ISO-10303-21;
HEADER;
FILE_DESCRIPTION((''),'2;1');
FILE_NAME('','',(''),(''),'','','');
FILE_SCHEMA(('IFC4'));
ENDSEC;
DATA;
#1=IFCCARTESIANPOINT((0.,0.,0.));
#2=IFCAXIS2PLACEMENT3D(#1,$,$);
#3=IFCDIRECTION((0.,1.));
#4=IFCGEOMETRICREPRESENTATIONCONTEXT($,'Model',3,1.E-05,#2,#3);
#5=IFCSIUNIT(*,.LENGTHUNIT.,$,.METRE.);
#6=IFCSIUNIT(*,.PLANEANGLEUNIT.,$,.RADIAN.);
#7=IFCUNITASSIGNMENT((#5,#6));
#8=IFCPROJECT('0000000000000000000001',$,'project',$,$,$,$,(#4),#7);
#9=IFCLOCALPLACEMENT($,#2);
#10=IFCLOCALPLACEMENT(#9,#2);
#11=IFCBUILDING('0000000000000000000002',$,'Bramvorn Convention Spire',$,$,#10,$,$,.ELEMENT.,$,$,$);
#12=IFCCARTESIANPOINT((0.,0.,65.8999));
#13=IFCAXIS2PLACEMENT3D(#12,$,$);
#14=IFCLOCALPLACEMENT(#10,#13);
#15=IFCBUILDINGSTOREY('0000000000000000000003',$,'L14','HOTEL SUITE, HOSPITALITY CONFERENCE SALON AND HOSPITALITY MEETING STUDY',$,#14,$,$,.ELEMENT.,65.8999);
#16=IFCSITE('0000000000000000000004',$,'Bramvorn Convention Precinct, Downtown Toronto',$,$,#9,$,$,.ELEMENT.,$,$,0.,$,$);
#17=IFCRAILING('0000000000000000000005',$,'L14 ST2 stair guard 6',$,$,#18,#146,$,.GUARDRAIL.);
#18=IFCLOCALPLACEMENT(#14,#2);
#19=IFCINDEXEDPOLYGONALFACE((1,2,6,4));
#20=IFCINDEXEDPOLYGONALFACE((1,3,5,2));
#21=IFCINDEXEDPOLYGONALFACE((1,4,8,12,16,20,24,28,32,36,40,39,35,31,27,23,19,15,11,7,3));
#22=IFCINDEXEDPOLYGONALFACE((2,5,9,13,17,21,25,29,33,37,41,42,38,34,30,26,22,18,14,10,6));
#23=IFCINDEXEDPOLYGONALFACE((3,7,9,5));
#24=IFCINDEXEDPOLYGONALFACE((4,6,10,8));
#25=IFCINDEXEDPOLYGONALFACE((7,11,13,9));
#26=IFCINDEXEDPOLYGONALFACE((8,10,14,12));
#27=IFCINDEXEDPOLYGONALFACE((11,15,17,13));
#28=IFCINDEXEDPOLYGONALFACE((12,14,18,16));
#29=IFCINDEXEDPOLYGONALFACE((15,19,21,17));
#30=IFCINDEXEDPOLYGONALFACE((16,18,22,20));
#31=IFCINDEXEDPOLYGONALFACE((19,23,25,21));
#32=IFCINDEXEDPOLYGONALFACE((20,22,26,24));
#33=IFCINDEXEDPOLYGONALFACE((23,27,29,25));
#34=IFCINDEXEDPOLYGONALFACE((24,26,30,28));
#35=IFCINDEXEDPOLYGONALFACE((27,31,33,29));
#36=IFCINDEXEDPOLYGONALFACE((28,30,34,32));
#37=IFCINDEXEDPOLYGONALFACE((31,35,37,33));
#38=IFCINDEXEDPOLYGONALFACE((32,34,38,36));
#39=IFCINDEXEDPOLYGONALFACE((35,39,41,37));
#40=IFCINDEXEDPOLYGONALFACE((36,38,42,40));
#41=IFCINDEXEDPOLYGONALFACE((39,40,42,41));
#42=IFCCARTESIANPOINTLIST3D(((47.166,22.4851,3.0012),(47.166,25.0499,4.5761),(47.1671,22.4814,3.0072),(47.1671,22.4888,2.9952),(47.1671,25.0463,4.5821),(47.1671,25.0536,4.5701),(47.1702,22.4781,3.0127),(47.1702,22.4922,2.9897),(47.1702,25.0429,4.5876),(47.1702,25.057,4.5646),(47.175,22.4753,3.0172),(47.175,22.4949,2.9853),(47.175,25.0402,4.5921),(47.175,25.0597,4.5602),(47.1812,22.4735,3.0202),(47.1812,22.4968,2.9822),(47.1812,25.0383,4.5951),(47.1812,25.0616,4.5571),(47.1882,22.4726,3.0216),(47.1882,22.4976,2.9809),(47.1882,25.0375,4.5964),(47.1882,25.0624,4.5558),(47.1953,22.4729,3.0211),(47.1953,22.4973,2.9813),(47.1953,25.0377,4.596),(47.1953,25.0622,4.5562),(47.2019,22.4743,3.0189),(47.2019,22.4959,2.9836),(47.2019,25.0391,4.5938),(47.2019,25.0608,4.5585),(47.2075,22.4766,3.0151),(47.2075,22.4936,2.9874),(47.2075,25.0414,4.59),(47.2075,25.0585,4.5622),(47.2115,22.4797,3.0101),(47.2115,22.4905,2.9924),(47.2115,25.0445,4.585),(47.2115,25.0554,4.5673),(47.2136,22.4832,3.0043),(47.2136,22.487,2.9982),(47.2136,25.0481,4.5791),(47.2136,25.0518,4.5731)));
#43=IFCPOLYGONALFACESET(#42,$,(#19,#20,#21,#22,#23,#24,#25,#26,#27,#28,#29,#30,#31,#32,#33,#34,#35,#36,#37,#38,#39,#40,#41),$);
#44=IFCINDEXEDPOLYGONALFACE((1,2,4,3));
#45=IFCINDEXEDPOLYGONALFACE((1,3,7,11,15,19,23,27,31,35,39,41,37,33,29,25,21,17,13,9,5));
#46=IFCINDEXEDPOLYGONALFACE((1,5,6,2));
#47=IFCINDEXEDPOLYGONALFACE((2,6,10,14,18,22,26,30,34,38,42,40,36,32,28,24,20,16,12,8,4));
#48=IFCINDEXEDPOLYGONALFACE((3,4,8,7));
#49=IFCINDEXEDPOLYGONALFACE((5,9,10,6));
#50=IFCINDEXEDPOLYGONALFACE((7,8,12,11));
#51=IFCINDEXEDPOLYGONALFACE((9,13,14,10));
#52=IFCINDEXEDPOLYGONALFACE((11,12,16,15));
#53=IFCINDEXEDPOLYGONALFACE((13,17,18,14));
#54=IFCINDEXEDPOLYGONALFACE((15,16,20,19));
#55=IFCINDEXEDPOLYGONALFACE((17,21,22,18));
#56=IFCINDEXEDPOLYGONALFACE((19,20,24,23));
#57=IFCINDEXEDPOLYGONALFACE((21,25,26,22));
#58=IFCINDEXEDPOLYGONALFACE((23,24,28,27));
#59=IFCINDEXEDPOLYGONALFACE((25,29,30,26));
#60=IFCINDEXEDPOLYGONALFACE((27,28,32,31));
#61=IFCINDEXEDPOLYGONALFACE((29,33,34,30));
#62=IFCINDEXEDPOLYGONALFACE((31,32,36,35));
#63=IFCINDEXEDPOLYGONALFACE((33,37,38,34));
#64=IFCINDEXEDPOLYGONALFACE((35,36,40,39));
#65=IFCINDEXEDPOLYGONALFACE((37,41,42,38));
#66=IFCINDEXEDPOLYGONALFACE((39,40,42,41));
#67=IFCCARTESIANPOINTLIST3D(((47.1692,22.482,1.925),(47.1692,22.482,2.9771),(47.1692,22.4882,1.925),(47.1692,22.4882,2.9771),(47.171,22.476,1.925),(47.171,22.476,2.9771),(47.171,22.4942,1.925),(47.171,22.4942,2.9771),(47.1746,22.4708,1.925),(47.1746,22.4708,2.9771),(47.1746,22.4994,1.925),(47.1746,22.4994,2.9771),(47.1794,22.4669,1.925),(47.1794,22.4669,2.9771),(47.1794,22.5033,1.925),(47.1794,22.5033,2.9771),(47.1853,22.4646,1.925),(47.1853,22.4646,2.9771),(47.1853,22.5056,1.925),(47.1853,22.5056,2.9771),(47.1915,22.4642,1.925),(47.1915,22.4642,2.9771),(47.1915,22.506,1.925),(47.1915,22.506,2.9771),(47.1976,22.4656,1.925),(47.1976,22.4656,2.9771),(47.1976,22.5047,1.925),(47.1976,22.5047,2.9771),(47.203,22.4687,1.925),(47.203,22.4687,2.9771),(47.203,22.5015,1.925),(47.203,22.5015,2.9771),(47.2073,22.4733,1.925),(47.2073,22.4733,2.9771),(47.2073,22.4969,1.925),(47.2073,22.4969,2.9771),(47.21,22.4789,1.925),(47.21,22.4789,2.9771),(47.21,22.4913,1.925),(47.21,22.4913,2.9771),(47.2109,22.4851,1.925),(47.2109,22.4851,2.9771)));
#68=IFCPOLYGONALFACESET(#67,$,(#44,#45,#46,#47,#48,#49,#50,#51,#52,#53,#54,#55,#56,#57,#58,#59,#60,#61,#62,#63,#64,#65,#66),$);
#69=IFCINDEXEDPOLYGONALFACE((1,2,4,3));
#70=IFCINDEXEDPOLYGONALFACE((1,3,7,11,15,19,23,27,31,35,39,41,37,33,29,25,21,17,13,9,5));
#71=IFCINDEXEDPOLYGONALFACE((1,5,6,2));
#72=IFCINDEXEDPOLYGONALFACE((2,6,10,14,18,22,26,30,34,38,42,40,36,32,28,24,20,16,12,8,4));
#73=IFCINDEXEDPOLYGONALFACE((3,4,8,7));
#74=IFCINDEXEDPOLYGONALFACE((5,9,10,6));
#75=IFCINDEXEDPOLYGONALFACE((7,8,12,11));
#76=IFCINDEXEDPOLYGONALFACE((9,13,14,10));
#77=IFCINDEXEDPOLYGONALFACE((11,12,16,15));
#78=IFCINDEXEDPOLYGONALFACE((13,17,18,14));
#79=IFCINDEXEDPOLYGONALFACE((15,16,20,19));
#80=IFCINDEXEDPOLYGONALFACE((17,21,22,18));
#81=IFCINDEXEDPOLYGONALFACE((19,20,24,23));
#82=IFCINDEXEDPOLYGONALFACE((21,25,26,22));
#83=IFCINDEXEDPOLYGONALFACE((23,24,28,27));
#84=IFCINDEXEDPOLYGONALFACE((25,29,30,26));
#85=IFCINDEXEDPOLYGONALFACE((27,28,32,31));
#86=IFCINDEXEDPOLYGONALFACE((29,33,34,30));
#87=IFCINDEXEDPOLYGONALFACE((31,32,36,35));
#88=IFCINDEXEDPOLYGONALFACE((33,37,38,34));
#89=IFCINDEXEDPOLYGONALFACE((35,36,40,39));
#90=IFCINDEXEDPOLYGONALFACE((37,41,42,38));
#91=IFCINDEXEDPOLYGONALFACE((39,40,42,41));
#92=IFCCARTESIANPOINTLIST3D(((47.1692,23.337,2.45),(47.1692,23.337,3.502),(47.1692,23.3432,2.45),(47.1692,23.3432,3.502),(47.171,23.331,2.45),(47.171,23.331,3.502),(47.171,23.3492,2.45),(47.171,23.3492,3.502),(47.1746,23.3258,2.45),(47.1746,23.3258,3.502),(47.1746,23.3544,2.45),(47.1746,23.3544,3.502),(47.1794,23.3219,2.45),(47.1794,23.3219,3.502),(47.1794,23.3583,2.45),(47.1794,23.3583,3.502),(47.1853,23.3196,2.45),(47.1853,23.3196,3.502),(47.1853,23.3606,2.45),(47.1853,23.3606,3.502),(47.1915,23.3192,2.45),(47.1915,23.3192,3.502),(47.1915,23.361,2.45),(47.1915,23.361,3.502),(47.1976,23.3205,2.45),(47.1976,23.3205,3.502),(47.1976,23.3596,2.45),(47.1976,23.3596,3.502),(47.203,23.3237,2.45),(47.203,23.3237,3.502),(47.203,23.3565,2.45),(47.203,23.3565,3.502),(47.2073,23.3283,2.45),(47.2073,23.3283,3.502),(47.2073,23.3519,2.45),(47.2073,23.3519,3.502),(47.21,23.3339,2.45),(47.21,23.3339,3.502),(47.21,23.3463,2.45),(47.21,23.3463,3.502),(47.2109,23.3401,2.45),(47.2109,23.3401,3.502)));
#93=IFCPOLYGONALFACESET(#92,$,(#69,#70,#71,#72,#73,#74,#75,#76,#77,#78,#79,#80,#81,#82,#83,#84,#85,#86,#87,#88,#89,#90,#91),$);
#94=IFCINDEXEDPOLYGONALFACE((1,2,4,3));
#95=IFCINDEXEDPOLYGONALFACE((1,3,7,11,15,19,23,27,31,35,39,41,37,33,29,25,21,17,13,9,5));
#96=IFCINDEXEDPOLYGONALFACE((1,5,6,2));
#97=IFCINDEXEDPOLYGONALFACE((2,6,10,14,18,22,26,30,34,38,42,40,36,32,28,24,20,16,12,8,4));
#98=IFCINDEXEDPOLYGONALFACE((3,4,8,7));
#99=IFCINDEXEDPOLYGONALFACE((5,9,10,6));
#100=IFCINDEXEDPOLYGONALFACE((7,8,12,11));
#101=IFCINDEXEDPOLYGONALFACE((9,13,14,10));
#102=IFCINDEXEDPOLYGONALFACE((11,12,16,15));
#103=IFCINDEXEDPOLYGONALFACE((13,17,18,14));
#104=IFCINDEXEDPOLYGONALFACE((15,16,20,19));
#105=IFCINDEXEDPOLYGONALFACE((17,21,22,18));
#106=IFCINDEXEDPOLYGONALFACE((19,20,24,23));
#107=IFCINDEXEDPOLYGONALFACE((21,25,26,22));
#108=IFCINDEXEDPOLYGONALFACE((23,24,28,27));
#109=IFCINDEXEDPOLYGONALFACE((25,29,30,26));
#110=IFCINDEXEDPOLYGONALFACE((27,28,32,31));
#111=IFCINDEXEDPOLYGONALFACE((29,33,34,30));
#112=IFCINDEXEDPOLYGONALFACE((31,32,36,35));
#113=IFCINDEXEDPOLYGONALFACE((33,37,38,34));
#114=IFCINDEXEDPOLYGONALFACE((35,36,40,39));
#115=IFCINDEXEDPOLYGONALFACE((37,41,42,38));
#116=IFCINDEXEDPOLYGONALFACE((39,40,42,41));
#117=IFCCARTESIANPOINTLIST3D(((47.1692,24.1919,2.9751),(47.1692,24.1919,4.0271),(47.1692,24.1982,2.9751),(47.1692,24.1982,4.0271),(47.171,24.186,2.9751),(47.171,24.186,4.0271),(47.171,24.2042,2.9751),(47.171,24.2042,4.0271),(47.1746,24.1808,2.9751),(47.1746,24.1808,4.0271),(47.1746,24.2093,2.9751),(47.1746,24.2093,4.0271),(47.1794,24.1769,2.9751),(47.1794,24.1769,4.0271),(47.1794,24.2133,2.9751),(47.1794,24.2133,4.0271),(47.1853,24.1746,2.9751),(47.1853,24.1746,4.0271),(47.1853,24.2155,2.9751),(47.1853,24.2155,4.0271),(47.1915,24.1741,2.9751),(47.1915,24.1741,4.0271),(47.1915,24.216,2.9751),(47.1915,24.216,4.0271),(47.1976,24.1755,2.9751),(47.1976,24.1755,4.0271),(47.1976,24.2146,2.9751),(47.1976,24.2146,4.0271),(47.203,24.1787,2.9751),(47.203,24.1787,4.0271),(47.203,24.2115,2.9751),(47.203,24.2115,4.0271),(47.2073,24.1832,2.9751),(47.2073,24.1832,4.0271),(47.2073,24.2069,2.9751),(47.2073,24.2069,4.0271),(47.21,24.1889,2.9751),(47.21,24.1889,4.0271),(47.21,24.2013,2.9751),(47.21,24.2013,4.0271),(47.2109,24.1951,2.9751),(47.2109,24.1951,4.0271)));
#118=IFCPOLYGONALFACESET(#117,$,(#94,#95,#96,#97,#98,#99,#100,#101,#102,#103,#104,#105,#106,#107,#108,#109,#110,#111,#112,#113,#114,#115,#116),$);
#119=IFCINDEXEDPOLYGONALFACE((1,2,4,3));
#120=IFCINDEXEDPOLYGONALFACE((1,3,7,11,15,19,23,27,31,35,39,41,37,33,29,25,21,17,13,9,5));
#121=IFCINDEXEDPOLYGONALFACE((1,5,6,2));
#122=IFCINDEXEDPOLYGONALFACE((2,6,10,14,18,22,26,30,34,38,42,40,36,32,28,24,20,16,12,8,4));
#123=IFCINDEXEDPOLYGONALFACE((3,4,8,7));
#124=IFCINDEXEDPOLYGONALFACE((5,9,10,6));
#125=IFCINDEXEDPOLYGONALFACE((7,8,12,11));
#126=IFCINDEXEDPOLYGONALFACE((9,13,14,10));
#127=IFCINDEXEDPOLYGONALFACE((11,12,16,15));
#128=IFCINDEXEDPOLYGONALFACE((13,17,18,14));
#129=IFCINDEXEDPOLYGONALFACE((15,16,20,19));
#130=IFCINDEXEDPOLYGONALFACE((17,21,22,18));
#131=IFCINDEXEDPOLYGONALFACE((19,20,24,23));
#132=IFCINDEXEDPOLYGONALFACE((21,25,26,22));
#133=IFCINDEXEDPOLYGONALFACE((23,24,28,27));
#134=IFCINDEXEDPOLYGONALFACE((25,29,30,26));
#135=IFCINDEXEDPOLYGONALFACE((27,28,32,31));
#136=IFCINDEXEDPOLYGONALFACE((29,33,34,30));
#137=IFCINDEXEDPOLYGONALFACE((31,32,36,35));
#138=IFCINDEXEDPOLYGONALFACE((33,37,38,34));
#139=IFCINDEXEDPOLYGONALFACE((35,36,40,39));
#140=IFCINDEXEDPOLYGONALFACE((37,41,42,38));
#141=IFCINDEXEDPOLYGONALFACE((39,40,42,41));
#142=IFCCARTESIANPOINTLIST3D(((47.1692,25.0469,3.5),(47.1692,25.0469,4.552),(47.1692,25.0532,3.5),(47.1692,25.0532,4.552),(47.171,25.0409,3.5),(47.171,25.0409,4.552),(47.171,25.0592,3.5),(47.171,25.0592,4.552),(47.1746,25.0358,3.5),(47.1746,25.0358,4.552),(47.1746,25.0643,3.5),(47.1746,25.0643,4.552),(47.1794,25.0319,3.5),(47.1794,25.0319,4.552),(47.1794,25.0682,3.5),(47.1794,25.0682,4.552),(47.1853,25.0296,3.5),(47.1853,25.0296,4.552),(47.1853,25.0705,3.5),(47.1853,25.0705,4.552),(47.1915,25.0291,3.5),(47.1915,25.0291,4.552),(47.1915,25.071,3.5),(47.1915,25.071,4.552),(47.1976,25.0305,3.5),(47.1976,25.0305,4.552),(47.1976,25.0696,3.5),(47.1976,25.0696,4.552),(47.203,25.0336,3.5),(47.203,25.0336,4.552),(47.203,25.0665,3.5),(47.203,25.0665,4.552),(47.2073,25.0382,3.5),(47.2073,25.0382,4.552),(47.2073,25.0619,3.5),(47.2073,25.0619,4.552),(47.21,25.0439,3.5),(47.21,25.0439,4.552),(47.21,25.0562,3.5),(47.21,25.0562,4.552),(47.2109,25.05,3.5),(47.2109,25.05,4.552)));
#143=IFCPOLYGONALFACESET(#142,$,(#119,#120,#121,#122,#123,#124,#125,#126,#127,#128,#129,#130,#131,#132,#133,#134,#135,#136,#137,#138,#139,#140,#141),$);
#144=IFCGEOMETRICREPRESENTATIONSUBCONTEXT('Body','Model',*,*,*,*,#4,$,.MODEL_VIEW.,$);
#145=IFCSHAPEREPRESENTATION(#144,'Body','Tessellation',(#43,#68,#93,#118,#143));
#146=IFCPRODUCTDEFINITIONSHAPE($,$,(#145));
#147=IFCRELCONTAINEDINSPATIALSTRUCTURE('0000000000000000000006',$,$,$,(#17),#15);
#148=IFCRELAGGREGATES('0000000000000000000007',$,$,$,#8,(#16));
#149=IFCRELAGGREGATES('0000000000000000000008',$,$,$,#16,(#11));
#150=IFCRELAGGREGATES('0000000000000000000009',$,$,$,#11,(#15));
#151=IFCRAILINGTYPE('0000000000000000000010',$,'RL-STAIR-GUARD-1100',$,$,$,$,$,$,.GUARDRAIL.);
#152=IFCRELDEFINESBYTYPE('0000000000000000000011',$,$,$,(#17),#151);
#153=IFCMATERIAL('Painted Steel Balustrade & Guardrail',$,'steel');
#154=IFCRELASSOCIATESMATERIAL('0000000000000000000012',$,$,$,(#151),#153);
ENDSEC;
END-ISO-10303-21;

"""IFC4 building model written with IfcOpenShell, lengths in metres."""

from ifc_helpers import new_model, si_unit, direction, frame, origin, origin_2d, place, context, subcontext, project, spatial, circle, extrude, material, type_object, element, save


model = new_model("IFC4")

# Units and contexts
model_context = context("Model", 3, precision=1e-05, world=origin(), true_north=direction((0.0, 1.0)))
body_context = subcontext(model_context, "Body", "Model", "MODEL_VIEW")
ifc_project = project(units=[si_unit("LENGTHUNIT", "METRE"), si_unit("PLANEANGLEUNIT", "RADIAN")], contexts=[model_context])

# Site, building, storey
site_placement = place(None, origin())
site = spatial("IfcSite", under=ifc_project, at=site_placement, Name="Bramvorn Convention Precinct, Downtown Toronto", CompositionType="ELEMENT", RefElevation=0.0)
building_placement = place(site_placement, origin())
building = spatial("IfcBuilding", under=site, at=building_placement, Name="Bramvorn Convention Spire", CompositionType="ELEMENT")
storey_placement = place(building_placement, frame((0.0, 0.0, 65.8999)))
storey = spatial("IfcBuildingStorey", under=building, at=storey_placement, Name="L14", Description="HOTEL SUITE, HOSPITALITY CONFERENCE SALON AND HOSPITALITY MEETING STUDY", CompositionType="ELEMENT", Elevation=65.8999)

# Railing
ifc_material_1 = material(Name="Painted Steel Balustrade & Guardrail", Category="steel")
railing_type_1 = type_object("IfcRailingType", Name="RL-STAIR-GUARD-1100", PredefinedType="GUARDRAIL", material=ifc_material_1)
railing_1_placement = place(storey_placement, frame((47.1899, 22.4851, 1.925)))
element("IfcRailing", 1, at=railing_1_placement, inside=storey, type_object=railing_type_1, Name="L14 ST2 stair guard 6", PredefinedType="GUARDRAIL", context=body_context, shape_type="SweptSolid", body=[
    extrude(circle(Radius=0.0239, at=origin_2d()), frame((0.0, 0.0, 1.0762), z_axis=(0.0, 0.852173, 0.52326), x_axis=(-1.0, 0.0, 0.0)), (0.0, 0.0, 1.0), 3.0098),
    extrude(circle(Radius=0.021, at=origin_2d()), origin(), (0.0, 0.0, 1.0), 1.052),
    extrude(circle(Radius=0.021, at=origin_2d()), frame((0.0, 0.855, 0.5249)), (0.0, 0.0, 1.0), 1.052),
    extrude(circle(Radius=0.021, at=origin_2d()), frame((0.0, 1.71, 1.05)), (0.0, 0.0, 1.0), 1.052),
    extrude(circle(Radius=0.021, at=origin_2d()), frame((0.0, 2.5649, 1.575)), (0.0, 0.0, 1.0), 1.052),
])

save(model, "model.ifc")
